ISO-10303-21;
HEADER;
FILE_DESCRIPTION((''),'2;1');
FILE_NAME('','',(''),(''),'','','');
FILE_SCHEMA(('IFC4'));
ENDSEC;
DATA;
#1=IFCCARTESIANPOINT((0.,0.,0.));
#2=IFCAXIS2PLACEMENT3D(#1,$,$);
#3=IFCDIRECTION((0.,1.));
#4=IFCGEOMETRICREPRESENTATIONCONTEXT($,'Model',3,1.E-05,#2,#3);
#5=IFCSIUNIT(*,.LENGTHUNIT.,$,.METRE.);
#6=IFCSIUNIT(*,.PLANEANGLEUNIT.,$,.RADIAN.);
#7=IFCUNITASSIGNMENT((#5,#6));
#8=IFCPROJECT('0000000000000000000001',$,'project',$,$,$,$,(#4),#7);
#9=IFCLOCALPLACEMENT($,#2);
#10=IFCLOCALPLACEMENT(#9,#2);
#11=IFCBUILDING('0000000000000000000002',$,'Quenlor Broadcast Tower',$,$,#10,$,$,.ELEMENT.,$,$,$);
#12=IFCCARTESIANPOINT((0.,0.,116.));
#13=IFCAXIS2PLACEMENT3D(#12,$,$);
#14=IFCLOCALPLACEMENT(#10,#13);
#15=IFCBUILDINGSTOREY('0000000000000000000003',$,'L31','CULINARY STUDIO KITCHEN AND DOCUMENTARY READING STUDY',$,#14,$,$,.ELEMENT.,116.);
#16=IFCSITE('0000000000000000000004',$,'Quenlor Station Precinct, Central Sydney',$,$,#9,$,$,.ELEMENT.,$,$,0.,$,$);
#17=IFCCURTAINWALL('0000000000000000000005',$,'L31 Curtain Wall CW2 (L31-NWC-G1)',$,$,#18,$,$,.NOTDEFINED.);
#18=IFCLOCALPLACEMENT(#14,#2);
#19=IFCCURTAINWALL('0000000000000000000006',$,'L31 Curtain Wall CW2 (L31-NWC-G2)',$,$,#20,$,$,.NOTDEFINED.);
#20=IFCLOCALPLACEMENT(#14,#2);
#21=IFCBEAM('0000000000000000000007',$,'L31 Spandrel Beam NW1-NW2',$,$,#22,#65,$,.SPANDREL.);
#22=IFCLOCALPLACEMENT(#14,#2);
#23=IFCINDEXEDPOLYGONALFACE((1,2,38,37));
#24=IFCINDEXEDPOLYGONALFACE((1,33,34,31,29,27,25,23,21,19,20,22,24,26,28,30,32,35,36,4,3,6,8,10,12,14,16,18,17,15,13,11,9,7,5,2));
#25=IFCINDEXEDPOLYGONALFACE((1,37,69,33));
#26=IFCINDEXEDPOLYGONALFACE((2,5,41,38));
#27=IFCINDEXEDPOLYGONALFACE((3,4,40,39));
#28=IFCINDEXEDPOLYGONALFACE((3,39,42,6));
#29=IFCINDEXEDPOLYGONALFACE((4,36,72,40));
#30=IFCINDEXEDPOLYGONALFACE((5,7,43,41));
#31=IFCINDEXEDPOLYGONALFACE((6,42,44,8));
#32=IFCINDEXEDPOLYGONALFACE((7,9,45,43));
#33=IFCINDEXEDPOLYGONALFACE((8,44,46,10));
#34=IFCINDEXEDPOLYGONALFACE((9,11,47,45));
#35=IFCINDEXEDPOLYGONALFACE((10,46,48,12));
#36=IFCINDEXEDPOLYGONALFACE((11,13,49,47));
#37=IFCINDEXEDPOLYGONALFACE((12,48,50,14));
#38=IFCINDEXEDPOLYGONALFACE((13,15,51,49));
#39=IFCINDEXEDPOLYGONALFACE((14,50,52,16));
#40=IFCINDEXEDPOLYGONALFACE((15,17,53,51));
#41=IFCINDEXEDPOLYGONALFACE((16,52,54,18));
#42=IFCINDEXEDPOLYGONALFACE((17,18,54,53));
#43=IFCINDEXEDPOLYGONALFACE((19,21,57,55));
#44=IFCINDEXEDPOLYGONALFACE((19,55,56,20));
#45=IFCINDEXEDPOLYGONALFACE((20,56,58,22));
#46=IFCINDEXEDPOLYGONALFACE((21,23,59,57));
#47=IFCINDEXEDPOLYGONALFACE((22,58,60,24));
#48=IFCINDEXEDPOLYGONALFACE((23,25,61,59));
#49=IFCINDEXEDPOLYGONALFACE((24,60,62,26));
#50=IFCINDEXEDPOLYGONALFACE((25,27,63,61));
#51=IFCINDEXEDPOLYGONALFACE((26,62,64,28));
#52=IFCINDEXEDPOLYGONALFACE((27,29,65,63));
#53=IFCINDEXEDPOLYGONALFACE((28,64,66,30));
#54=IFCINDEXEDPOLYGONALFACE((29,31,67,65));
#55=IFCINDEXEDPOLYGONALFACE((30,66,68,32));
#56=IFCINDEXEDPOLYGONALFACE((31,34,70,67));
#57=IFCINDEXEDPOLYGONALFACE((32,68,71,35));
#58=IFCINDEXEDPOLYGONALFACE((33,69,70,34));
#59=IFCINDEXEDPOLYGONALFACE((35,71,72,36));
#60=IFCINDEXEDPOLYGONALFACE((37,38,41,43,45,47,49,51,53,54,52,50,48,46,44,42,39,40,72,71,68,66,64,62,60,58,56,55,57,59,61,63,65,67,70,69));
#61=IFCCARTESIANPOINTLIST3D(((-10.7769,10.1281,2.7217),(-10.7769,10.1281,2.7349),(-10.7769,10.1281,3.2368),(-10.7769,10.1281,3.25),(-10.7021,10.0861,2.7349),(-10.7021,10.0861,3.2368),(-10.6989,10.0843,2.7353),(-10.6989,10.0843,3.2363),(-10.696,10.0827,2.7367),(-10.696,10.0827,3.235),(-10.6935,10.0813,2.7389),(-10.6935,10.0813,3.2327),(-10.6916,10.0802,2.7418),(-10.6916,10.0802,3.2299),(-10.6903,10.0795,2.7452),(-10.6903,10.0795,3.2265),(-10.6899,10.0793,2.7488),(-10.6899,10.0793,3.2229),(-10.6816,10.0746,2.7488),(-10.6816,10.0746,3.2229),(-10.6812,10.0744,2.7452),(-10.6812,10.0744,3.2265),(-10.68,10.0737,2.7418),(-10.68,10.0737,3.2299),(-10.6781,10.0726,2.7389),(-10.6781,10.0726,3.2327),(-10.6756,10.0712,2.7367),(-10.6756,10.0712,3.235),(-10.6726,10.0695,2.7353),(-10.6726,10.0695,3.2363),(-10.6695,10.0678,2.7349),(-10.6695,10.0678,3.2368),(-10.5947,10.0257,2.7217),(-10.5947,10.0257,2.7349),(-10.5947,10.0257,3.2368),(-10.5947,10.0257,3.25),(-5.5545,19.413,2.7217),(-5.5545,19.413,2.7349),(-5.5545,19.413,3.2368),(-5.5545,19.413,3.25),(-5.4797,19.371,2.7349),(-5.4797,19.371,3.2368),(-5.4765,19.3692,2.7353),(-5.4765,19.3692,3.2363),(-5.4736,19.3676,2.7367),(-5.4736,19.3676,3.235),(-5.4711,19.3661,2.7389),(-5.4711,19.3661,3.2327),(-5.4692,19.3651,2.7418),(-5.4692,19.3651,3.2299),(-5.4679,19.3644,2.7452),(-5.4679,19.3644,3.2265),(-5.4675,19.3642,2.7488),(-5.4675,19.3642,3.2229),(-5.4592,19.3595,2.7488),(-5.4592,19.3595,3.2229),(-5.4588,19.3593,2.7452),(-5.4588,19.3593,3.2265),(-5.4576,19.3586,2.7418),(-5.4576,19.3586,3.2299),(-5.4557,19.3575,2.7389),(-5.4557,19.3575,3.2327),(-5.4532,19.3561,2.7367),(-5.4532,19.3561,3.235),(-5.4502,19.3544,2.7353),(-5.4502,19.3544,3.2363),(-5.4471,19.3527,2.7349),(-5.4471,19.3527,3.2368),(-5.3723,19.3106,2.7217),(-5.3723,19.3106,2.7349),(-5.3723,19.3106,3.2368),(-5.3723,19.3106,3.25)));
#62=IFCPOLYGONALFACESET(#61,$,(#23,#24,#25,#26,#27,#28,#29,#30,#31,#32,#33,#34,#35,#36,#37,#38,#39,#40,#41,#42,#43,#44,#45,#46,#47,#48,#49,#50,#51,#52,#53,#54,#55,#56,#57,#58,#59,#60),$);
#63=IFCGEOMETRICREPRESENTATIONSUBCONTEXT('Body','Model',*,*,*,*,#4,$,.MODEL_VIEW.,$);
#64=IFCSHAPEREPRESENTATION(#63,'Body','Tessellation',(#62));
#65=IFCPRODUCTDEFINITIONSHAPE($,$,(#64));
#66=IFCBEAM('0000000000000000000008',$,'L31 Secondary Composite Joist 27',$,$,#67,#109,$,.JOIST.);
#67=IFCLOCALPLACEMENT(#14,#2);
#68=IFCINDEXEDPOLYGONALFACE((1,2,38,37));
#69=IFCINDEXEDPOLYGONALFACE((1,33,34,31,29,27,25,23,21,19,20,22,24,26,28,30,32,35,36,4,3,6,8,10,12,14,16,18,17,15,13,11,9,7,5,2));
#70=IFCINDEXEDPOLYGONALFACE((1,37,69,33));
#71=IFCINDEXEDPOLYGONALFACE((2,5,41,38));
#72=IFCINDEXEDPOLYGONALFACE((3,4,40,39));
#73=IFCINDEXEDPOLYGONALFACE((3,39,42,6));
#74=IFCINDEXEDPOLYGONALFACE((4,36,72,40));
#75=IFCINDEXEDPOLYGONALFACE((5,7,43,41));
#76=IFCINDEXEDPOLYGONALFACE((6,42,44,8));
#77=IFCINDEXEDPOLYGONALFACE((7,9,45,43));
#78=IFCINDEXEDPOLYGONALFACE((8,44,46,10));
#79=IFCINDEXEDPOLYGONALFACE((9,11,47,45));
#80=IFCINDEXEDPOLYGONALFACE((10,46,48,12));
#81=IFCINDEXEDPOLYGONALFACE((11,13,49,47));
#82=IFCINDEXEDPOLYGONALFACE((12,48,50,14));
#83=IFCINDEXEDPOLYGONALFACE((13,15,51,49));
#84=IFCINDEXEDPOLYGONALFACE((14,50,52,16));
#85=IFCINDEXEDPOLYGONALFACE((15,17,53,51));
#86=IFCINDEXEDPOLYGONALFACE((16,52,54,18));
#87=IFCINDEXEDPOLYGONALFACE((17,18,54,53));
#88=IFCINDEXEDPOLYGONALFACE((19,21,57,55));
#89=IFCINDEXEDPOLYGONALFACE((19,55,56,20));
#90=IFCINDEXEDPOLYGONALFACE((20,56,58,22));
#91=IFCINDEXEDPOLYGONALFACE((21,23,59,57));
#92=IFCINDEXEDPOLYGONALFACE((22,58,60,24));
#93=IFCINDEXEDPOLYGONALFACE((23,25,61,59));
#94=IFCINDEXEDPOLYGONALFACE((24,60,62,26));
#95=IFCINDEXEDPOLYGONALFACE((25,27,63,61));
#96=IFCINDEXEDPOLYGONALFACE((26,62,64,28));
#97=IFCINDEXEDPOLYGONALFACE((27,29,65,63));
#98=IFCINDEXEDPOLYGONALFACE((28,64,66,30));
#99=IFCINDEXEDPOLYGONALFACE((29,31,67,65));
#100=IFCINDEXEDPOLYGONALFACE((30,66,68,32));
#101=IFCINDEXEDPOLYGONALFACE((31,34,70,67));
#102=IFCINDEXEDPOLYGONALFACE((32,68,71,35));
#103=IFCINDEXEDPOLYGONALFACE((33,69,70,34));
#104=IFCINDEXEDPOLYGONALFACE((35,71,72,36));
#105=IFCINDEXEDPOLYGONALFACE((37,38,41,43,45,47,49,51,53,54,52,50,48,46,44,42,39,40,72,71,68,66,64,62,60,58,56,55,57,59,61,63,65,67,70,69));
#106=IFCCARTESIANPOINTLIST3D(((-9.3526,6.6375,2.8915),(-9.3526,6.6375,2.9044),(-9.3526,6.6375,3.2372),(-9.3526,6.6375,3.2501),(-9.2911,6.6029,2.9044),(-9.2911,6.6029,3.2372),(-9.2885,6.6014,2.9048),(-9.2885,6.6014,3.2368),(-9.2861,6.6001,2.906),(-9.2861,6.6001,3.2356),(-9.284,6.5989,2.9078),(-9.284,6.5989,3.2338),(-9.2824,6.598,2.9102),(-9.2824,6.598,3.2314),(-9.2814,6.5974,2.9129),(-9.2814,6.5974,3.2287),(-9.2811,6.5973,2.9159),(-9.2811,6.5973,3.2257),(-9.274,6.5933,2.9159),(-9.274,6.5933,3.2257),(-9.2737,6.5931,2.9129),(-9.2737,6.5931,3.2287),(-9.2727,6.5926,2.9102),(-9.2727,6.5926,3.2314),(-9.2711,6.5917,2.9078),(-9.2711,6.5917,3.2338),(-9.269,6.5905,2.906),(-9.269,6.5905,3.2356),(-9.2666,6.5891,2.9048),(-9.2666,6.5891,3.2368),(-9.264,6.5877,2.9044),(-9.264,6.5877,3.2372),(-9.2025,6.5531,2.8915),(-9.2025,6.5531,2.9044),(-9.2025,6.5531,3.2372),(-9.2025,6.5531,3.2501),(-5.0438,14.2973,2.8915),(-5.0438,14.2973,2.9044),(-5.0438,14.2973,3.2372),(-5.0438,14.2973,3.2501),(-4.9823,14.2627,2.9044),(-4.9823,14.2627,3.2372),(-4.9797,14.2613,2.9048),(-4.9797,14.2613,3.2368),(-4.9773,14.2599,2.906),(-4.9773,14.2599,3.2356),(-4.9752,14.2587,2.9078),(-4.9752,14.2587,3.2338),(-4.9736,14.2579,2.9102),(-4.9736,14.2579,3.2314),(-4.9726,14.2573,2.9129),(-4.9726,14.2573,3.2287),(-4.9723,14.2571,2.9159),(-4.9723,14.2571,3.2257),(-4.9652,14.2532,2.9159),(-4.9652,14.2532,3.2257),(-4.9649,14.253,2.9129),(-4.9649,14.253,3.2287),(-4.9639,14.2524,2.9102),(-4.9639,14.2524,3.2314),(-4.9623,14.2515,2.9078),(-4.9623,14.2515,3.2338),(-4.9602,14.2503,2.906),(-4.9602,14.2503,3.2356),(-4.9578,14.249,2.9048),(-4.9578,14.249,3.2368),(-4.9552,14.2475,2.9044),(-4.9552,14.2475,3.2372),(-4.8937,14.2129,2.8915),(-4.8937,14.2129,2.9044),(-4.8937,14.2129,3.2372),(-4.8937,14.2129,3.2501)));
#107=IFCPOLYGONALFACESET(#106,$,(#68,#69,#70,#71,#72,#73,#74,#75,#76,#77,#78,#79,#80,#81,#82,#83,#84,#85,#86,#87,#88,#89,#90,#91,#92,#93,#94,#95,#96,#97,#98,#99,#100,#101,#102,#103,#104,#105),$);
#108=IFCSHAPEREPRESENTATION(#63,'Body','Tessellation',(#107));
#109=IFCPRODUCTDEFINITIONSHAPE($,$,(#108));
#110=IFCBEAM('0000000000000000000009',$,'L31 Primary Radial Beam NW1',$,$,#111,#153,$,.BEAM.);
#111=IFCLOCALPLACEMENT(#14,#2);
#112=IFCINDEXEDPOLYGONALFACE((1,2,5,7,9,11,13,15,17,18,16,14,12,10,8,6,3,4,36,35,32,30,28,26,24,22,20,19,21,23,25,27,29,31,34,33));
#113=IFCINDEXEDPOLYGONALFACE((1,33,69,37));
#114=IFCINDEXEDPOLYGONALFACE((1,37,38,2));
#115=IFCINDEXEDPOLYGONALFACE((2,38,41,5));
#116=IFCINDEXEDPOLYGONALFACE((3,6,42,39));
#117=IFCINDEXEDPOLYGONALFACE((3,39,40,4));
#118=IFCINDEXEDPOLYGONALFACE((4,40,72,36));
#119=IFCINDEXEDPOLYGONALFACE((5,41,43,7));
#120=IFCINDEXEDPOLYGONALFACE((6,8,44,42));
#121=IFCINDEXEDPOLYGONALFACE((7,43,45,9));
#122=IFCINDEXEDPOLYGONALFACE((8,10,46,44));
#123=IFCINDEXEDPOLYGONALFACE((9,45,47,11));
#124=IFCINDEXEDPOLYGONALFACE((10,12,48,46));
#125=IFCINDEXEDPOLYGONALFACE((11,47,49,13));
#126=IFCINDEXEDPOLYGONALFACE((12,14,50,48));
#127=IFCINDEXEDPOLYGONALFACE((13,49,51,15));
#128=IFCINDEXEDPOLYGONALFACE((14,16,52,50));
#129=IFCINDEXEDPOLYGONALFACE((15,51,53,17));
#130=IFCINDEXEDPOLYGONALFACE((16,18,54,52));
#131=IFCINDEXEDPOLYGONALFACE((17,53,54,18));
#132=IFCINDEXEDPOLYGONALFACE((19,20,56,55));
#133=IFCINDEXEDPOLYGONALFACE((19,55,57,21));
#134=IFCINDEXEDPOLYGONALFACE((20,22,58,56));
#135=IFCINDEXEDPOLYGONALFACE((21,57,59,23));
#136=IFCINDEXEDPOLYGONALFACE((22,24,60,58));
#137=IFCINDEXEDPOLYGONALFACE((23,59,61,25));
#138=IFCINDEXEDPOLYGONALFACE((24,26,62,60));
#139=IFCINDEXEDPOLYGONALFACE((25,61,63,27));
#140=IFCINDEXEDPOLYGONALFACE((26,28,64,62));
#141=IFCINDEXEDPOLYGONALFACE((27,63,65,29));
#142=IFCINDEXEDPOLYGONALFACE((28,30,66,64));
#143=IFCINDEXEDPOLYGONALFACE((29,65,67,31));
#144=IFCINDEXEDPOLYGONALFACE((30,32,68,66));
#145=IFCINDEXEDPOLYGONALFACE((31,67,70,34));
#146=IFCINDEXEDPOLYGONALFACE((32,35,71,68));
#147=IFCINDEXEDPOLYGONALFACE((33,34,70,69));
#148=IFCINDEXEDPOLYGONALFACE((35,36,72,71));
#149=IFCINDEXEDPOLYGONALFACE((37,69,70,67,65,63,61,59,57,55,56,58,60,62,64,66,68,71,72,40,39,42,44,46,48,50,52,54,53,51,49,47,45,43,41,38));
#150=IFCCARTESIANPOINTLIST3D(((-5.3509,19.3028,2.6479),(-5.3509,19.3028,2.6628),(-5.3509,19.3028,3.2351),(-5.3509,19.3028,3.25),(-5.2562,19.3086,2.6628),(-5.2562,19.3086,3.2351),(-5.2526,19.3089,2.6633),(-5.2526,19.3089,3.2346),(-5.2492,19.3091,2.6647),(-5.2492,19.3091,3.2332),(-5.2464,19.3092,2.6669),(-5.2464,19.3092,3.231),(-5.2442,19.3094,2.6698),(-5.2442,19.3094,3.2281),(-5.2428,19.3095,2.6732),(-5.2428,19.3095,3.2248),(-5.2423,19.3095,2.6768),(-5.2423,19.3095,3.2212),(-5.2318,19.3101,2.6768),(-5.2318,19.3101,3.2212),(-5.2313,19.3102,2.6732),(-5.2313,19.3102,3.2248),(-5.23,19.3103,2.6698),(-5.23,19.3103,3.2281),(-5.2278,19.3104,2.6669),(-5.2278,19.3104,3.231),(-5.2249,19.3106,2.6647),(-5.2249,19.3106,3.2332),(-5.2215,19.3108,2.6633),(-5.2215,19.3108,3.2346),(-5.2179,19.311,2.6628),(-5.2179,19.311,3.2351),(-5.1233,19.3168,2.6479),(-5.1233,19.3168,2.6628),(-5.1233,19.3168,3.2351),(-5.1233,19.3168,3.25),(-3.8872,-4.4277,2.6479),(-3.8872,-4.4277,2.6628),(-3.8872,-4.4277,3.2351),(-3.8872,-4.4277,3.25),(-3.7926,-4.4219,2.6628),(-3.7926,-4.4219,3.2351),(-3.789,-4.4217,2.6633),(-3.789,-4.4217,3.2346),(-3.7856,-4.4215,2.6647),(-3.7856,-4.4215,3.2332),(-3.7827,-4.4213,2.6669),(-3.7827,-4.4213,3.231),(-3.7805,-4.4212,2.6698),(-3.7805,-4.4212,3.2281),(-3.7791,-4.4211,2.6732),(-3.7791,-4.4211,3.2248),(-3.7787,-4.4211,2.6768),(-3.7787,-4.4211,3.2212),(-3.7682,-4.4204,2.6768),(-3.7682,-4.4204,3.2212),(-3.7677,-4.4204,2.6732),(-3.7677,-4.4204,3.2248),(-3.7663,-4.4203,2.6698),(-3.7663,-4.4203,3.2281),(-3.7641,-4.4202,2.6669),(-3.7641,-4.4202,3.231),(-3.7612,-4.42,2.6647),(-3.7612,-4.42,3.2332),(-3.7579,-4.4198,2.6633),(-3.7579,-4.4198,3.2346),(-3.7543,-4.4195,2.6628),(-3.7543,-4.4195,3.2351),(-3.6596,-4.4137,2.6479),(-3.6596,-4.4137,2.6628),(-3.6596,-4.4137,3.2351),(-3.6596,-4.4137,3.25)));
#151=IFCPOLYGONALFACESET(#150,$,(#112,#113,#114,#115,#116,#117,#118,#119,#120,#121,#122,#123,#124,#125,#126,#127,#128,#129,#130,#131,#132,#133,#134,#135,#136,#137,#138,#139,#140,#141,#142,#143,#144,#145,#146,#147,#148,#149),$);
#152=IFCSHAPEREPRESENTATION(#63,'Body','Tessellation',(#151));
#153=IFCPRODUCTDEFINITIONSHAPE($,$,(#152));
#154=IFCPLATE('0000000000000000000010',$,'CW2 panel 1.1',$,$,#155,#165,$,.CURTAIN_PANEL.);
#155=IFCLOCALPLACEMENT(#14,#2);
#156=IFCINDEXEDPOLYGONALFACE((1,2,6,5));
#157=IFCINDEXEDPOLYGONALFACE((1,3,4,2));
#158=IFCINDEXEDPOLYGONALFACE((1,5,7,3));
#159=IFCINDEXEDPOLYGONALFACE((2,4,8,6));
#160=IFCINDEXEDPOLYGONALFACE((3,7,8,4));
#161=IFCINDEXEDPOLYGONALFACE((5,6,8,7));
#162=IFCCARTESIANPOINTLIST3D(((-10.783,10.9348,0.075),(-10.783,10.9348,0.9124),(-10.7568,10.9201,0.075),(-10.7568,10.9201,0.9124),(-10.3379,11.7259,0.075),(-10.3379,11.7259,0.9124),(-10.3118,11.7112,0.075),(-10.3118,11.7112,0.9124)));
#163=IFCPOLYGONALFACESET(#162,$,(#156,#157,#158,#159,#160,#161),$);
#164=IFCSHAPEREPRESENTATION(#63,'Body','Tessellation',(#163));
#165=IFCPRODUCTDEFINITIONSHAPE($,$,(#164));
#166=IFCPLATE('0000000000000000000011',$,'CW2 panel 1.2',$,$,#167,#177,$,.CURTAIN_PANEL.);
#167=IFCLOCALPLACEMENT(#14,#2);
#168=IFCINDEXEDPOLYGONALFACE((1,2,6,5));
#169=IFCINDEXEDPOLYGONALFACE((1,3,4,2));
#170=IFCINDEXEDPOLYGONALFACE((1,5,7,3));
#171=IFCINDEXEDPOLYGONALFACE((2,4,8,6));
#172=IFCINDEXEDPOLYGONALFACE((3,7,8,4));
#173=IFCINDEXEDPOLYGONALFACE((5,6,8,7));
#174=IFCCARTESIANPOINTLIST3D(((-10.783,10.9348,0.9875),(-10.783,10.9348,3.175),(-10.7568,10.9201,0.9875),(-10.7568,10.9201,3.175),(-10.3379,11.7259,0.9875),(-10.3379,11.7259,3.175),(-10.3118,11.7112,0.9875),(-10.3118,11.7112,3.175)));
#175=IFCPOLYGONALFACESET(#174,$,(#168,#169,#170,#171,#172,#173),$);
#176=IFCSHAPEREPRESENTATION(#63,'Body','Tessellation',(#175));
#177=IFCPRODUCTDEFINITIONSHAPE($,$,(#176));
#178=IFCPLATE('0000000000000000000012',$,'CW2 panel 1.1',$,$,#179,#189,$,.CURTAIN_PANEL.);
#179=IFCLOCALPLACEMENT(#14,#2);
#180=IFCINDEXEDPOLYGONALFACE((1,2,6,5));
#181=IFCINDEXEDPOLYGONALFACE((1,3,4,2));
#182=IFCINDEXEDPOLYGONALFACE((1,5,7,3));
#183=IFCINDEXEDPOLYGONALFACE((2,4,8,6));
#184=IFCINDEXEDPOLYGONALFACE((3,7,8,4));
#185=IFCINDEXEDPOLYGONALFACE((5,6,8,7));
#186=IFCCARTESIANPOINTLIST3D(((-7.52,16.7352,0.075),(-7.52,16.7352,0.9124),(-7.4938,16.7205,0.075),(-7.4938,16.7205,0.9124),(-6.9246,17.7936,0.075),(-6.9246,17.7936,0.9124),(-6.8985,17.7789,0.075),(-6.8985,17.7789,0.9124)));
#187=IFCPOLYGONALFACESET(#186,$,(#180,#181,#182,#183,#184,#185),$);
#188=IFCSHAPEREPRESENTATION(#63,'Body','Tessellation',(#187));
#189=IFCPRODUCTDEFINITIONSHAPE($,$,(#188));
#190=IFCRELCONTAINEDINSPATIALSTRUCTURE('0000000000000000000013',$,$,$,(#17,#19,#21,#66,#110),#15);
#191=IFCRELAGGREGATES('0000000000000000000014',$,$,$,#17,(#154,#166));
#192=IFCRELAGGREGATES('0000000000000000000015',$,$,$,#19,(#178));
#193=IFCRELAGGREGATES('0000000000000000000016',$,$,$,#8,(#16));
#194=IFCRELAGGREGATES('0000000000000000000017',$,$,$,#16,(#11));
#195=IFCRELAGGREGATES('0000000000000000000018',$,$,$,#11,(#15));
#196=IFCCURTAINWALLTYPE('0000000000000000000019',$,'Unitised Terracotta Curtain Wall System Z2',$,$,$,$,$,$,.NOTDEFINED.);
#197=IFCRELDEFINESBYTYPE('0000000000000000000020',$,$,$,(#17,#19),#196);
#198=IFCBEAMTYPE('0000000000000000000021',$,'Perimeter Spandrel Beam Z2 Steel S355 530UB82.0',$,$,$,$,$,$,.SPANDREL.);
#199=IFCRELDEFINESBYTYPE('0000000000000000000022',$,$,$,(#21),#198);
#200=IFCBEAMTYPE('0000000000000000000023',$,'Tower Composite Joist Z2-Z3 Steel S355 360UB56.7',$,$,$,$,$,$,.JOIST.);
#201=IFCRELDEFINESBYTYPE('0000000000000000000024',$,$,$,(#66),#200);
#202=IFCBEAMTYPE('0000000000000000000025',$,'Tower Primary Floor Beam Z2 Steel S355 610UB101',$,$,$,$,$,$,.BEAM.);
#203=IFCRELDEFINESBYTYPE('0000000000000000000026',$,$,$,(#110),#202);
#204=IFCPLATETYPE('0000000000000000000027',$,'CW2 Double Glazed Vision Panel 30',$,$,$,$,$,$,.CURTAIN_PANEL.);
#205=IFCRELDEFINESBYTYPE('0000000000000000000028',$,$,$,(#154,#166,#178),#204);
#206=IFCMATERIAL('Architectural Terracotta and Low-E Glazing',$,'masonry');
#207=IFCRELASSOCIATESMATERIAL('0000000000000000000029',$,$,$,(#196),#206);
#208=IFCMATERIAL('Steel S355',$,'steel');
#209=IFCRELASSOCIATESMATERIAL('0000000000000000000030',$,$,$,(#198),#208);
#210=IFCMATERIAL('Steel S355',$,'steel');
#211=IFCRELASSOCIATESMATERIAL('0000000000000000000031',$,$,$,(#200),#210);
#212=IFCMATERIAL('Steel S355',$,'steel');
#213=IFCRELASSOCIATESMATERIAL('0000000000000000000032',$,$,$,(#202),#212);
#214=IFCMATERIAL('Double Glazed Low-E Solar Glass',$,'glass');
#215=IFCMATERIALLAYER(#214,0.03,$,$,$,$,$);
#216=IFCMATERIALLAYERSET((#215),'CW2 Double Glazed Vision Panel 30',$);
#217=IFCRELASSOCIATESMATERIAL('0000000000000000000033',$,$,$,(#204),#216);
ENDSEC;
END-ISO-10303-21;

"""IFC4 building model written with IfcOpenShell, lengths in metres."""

from ifc_helpers import new_model, si_unit, direction, frame, origin, origin_2d, place, context, subcontext, project, spatial, rectangle, i_section, extrude, material, layer, layer_set, material_profile, profile_set, type_object, element, aggregate, save


model = new_model("IFC4")

# Units and contexts
model_context = context("Model", 3, precision=1e-05, world=origin(), true_north=direction((0.0, 1.0)))
body_context = subcontext(model_context, "Body", "Model", "MODEL_VIEW")
ifc_project = project(units=[si_unit("LENGTHUNIT", "METRE"), si_unit("PLANEANGLEUNIT", "RADIAN")], contexts=[model_context])

# Site, building, storey
site_placement = place(None, origin())
site = spatial("IfcSite", under=ifc_project, at=site_placement, Name="Quenlor Station Precinct, Central Sydney", CompositionType="ELEMENT", RefElevation=0.0)
building_placement = place(site_placement, origin())
building = spatial("IfcBuilding", under=site, at=building_placement, Name="Quenlor Broadcast Tower", CompositionType="ELEMENT")
storey_placement = place(building_placement, frame((0.0, 0.0, 116.0)))
storey = spatial("IfcBuildingStorey", under=building, at=storey_placement, Name="L31", Description="CULINARY STUDIO KITCHEN AND DOCUMENTARY READING STUDY", CompositionType="ELEMENT", Elevation=116.0)

# Curtain wall
ifc_material_1 = material(Name="Architectural Terracotta and Low-E Glazing", Category="masonry")
curtain_wall_type = type_object("IfcCurtainWallType", Name="Unitised Terracotta Curtain Wall System Z2", PredefinedType="NOTDEFINED", material=ifc_material_1)
curtain_wall_1_placement = place(storey_placement, origin())
curtain_wall_1 = element("IfcCurtainWall", 1, at=curtain_wall_1_placement, inside=storey, type_object=curtain_wall_type, Name="L31 Curtain Wall CW2 (L31-NWC-G1)", PredefinedType="NOTDEFINED")

# Curtain wall
curtain_wall_2_placement = place(storey_placement, origin())
curtain_wall_2 = element("IfcCurtainWall", 2, at=curtain_wall_2_placement, inside=storey, type_object=curtain_wall_type, Name="L31 Curtain Wall CW2 (L31-NWC-G2)", PredefinedType="NOTDEFINED")

# Beams
ifc_material_2 = material(Name="Steel S355", Category="steel")
ifc_material_profile_1 = material_profile(ifc_material_2, i_section(OverallWidth=0.209, OverallDepth=0.5283, WebThickness=0.0095, FlangeThickness=0.0132, FilletRadius=0.0139, at=origin_2d()))
ifc_profile_set_1 = profile_set([ifc_material_profile_1], Name="Steel S355 530UB82.0")
beam_type_1 = type_object("IfcBeamType", Name="Perimeter Spandrel Beam Z2 Steel S355 530UB82.0", PredefinedType="SPANDREL", material=ifc_profile_set_1)
beam_1_placement = place(storey_placement, frame((-5.4634, 19.3618, 2.9858), z_axis=(-0.490236, -0.87159, 0.0), x_axis=(0.87159, -0.490236, 0.0)))
element("IfcBeam", 3, at=beam_1_placement, inside=storey, type_object=beam_type_1, Name="L31 Spandrel Beam NW1-NW2", PredefinedType="SPANDREL", context=body_context, shape_type="SweptSolid", body=[
    extrude(i_section(OverallWidth=0.209, OverallDepth=0.5283, WebThickness=0.0095, FlangeThickness=0.0132, FilletRadius=0.0139, at=origin_2d()), origin(), (0.0, 0.0, 1.0), 10.6528),
])
ifc_material_3 = material(Name="Steel S355", Category="steel")
ifc_material_profile_2 = material_profile(ifc_material_3, i_section(OverallWidth=0.1721, OverallDepth=0.3586, WebThickness=0.0081, FlangeThickness=0.0129, FilletRadius=0.0115, at=origin_2d()))
ifc_profile_set_2 = profile_set([ifc_material_profile_2], Name="Steel S355 360UB56.7")
beam_type_2 = type_object("IfcBeamType", Name="Tower Composite Joist Z2-Z3 Steel S355 360UB56.7", PredefinedType="JOIST", material=ifc_profile_set_2)
beam_2_placement = place(storey_placement, frame((-4.9688, 14.2551, 3.0708), z_axis=(-0.490273, -0.871569, 0.0), x_axis=(0.871569, -0.490273, 0.0)))
element("IfcBeam", 4, at=beam_2_placement, inside=storey, type_object=beam_type_2, Name="L31 Secondary Composite Joist 27", PredefinedType="JOIST", context=body_context, shape_type="SweptSolid", body=[
    extrude(i_section(OverallWidth=0.1721, OverallDepth=0.3586, WebThickness=0.0081, FlangeThickness=0.0129, FilletRadius=0.0115, at=origin_2d()), origin(), (0.0, 0.0, 1.0), 8.7886),
])
ifc_material_4 = material(Name="Steel S355", Category="steel")
ifc_material_profile_3 = material_profile(ifc_material_4, i_section(OverallWidth=0.228, OverallDepth=0.6021, WebThickness=0.0105, FlangeThickness=0.0149, FilletRadius=0.0139, at=origin_2d()))
ifc_profile_set_3 = profile_set([ifc_material_profile_3], Name="Steel S355 610UB101")
beam_type_3 = type_object("IfcBeamType", Name="Tower Primary Floor Beam Z2 Steel S355 610UB101", PredefinedType="BEAM", material=ifc_profile_set_3)
beam_3_placement = place(storey_placement, frame((-5.2371, 19.3098, 2.949), z_axis=(0.06156, -0.998103, 0.0), x_axis=(0.998103, 0.06156, 0.0)))
element("IfcBeam", 5, at=beam_3_placement, inside=storey, type_object=beam_type_3, Name="L31 Primary Radial Beam NW1", PredefinedType="BEAM", context=body_context, shape_type="SweptSolid", body=[
    extrude(i_section(OverallWidth=0.228, OverallDepth=0.6021, WebThickness=0.0105, FlangeThickness=0.0149, FilletRadius=0.0139, at=origin_2d()), origin(), (0.0, 0.0, 1.0), 23.7756),
])

# Plates
ifc_material_5 = material(Name="Double Glazed Low-E Solar Glass", Category="glass")
ifc_layer_1 = layer(ifc_material_5, 0.03)
ifc_layer_set_1 = layer_set([ifc_layer_1], Name="CW2 Double Glazed Vision Panel 30")
plate_type_1 = type_object("IfcPlateType", Name="CW2 Double Glazed Vision Panel 30", PredefinedType="CURTAIN_PANEL", material=ifc_layer_set_1)
plate_1_placement = place(storey_placement, frame((-10.5474, 11.323, 0.075), z_axis=(0.0, 0.0, 1.0), x_axis=(0.490252, 0.871581, 0.0)))
plate_1 = element("IfcPlate", 6, at=plate_1_placement, type_object=plate_type_1, Name="CW2 panel 1.1", PredefinedType="CURTAIN_PANEL", context=body_context, shape_type="SweptSolid", body=[
    extrude(rectangle(XDim=0.9077, YDim=0.03, at=origin_2d()), origin(), (0.0, 0.0, 1.0), 0.8374),
])
plate_2_placement = place(storey_placement, frame((-10.5474, 11.323, 0.9875), z_axis=(0.0, 0.0, 1.0), x_axis=(0.490252, 0.871581, 0.0)))
plate_2 = element("IfcPlate", 7, at=plate_2_placement, type_object=plate_type_1, Name="CW2 panel 1.2", PredefinedType="CURTAIN_PANEL", context=body_context, shape_type="SweptSolid", body=[
    extrude(rectangle(XDim=0.9077, YDim=0.03, at=origin_2d()), origin(), (0.0, 0.0, 1.0), 2.1875),
])
aggregate(curtain_wall_1, [plate_1, plate_2])
plate_3_placement = place(storey_placement, frame((-7.2092, 17.2571, 0.075), z_axis=(0.0, 0.0, 1.0), x_axis=(0.490247, 0.871583, 0.0)))
plate_3 = element("IfcPlate", 8, at=plate_3_placement, type_object=plate_type_1, Name="CW2 panel 1.1", PredefinedType="CURTAIN_PANEL", context=body_context, shape_type="SweptSolid", body=[
    extrude(rectangle(XDim=1.2144, YDim=0.03, at=origin_2d()), origin(), (0.0, 0.0, 1.0), 0.8374),
])
aggregate(curtain_wall_2, [plate_3])

save(model, "model.ifc")
